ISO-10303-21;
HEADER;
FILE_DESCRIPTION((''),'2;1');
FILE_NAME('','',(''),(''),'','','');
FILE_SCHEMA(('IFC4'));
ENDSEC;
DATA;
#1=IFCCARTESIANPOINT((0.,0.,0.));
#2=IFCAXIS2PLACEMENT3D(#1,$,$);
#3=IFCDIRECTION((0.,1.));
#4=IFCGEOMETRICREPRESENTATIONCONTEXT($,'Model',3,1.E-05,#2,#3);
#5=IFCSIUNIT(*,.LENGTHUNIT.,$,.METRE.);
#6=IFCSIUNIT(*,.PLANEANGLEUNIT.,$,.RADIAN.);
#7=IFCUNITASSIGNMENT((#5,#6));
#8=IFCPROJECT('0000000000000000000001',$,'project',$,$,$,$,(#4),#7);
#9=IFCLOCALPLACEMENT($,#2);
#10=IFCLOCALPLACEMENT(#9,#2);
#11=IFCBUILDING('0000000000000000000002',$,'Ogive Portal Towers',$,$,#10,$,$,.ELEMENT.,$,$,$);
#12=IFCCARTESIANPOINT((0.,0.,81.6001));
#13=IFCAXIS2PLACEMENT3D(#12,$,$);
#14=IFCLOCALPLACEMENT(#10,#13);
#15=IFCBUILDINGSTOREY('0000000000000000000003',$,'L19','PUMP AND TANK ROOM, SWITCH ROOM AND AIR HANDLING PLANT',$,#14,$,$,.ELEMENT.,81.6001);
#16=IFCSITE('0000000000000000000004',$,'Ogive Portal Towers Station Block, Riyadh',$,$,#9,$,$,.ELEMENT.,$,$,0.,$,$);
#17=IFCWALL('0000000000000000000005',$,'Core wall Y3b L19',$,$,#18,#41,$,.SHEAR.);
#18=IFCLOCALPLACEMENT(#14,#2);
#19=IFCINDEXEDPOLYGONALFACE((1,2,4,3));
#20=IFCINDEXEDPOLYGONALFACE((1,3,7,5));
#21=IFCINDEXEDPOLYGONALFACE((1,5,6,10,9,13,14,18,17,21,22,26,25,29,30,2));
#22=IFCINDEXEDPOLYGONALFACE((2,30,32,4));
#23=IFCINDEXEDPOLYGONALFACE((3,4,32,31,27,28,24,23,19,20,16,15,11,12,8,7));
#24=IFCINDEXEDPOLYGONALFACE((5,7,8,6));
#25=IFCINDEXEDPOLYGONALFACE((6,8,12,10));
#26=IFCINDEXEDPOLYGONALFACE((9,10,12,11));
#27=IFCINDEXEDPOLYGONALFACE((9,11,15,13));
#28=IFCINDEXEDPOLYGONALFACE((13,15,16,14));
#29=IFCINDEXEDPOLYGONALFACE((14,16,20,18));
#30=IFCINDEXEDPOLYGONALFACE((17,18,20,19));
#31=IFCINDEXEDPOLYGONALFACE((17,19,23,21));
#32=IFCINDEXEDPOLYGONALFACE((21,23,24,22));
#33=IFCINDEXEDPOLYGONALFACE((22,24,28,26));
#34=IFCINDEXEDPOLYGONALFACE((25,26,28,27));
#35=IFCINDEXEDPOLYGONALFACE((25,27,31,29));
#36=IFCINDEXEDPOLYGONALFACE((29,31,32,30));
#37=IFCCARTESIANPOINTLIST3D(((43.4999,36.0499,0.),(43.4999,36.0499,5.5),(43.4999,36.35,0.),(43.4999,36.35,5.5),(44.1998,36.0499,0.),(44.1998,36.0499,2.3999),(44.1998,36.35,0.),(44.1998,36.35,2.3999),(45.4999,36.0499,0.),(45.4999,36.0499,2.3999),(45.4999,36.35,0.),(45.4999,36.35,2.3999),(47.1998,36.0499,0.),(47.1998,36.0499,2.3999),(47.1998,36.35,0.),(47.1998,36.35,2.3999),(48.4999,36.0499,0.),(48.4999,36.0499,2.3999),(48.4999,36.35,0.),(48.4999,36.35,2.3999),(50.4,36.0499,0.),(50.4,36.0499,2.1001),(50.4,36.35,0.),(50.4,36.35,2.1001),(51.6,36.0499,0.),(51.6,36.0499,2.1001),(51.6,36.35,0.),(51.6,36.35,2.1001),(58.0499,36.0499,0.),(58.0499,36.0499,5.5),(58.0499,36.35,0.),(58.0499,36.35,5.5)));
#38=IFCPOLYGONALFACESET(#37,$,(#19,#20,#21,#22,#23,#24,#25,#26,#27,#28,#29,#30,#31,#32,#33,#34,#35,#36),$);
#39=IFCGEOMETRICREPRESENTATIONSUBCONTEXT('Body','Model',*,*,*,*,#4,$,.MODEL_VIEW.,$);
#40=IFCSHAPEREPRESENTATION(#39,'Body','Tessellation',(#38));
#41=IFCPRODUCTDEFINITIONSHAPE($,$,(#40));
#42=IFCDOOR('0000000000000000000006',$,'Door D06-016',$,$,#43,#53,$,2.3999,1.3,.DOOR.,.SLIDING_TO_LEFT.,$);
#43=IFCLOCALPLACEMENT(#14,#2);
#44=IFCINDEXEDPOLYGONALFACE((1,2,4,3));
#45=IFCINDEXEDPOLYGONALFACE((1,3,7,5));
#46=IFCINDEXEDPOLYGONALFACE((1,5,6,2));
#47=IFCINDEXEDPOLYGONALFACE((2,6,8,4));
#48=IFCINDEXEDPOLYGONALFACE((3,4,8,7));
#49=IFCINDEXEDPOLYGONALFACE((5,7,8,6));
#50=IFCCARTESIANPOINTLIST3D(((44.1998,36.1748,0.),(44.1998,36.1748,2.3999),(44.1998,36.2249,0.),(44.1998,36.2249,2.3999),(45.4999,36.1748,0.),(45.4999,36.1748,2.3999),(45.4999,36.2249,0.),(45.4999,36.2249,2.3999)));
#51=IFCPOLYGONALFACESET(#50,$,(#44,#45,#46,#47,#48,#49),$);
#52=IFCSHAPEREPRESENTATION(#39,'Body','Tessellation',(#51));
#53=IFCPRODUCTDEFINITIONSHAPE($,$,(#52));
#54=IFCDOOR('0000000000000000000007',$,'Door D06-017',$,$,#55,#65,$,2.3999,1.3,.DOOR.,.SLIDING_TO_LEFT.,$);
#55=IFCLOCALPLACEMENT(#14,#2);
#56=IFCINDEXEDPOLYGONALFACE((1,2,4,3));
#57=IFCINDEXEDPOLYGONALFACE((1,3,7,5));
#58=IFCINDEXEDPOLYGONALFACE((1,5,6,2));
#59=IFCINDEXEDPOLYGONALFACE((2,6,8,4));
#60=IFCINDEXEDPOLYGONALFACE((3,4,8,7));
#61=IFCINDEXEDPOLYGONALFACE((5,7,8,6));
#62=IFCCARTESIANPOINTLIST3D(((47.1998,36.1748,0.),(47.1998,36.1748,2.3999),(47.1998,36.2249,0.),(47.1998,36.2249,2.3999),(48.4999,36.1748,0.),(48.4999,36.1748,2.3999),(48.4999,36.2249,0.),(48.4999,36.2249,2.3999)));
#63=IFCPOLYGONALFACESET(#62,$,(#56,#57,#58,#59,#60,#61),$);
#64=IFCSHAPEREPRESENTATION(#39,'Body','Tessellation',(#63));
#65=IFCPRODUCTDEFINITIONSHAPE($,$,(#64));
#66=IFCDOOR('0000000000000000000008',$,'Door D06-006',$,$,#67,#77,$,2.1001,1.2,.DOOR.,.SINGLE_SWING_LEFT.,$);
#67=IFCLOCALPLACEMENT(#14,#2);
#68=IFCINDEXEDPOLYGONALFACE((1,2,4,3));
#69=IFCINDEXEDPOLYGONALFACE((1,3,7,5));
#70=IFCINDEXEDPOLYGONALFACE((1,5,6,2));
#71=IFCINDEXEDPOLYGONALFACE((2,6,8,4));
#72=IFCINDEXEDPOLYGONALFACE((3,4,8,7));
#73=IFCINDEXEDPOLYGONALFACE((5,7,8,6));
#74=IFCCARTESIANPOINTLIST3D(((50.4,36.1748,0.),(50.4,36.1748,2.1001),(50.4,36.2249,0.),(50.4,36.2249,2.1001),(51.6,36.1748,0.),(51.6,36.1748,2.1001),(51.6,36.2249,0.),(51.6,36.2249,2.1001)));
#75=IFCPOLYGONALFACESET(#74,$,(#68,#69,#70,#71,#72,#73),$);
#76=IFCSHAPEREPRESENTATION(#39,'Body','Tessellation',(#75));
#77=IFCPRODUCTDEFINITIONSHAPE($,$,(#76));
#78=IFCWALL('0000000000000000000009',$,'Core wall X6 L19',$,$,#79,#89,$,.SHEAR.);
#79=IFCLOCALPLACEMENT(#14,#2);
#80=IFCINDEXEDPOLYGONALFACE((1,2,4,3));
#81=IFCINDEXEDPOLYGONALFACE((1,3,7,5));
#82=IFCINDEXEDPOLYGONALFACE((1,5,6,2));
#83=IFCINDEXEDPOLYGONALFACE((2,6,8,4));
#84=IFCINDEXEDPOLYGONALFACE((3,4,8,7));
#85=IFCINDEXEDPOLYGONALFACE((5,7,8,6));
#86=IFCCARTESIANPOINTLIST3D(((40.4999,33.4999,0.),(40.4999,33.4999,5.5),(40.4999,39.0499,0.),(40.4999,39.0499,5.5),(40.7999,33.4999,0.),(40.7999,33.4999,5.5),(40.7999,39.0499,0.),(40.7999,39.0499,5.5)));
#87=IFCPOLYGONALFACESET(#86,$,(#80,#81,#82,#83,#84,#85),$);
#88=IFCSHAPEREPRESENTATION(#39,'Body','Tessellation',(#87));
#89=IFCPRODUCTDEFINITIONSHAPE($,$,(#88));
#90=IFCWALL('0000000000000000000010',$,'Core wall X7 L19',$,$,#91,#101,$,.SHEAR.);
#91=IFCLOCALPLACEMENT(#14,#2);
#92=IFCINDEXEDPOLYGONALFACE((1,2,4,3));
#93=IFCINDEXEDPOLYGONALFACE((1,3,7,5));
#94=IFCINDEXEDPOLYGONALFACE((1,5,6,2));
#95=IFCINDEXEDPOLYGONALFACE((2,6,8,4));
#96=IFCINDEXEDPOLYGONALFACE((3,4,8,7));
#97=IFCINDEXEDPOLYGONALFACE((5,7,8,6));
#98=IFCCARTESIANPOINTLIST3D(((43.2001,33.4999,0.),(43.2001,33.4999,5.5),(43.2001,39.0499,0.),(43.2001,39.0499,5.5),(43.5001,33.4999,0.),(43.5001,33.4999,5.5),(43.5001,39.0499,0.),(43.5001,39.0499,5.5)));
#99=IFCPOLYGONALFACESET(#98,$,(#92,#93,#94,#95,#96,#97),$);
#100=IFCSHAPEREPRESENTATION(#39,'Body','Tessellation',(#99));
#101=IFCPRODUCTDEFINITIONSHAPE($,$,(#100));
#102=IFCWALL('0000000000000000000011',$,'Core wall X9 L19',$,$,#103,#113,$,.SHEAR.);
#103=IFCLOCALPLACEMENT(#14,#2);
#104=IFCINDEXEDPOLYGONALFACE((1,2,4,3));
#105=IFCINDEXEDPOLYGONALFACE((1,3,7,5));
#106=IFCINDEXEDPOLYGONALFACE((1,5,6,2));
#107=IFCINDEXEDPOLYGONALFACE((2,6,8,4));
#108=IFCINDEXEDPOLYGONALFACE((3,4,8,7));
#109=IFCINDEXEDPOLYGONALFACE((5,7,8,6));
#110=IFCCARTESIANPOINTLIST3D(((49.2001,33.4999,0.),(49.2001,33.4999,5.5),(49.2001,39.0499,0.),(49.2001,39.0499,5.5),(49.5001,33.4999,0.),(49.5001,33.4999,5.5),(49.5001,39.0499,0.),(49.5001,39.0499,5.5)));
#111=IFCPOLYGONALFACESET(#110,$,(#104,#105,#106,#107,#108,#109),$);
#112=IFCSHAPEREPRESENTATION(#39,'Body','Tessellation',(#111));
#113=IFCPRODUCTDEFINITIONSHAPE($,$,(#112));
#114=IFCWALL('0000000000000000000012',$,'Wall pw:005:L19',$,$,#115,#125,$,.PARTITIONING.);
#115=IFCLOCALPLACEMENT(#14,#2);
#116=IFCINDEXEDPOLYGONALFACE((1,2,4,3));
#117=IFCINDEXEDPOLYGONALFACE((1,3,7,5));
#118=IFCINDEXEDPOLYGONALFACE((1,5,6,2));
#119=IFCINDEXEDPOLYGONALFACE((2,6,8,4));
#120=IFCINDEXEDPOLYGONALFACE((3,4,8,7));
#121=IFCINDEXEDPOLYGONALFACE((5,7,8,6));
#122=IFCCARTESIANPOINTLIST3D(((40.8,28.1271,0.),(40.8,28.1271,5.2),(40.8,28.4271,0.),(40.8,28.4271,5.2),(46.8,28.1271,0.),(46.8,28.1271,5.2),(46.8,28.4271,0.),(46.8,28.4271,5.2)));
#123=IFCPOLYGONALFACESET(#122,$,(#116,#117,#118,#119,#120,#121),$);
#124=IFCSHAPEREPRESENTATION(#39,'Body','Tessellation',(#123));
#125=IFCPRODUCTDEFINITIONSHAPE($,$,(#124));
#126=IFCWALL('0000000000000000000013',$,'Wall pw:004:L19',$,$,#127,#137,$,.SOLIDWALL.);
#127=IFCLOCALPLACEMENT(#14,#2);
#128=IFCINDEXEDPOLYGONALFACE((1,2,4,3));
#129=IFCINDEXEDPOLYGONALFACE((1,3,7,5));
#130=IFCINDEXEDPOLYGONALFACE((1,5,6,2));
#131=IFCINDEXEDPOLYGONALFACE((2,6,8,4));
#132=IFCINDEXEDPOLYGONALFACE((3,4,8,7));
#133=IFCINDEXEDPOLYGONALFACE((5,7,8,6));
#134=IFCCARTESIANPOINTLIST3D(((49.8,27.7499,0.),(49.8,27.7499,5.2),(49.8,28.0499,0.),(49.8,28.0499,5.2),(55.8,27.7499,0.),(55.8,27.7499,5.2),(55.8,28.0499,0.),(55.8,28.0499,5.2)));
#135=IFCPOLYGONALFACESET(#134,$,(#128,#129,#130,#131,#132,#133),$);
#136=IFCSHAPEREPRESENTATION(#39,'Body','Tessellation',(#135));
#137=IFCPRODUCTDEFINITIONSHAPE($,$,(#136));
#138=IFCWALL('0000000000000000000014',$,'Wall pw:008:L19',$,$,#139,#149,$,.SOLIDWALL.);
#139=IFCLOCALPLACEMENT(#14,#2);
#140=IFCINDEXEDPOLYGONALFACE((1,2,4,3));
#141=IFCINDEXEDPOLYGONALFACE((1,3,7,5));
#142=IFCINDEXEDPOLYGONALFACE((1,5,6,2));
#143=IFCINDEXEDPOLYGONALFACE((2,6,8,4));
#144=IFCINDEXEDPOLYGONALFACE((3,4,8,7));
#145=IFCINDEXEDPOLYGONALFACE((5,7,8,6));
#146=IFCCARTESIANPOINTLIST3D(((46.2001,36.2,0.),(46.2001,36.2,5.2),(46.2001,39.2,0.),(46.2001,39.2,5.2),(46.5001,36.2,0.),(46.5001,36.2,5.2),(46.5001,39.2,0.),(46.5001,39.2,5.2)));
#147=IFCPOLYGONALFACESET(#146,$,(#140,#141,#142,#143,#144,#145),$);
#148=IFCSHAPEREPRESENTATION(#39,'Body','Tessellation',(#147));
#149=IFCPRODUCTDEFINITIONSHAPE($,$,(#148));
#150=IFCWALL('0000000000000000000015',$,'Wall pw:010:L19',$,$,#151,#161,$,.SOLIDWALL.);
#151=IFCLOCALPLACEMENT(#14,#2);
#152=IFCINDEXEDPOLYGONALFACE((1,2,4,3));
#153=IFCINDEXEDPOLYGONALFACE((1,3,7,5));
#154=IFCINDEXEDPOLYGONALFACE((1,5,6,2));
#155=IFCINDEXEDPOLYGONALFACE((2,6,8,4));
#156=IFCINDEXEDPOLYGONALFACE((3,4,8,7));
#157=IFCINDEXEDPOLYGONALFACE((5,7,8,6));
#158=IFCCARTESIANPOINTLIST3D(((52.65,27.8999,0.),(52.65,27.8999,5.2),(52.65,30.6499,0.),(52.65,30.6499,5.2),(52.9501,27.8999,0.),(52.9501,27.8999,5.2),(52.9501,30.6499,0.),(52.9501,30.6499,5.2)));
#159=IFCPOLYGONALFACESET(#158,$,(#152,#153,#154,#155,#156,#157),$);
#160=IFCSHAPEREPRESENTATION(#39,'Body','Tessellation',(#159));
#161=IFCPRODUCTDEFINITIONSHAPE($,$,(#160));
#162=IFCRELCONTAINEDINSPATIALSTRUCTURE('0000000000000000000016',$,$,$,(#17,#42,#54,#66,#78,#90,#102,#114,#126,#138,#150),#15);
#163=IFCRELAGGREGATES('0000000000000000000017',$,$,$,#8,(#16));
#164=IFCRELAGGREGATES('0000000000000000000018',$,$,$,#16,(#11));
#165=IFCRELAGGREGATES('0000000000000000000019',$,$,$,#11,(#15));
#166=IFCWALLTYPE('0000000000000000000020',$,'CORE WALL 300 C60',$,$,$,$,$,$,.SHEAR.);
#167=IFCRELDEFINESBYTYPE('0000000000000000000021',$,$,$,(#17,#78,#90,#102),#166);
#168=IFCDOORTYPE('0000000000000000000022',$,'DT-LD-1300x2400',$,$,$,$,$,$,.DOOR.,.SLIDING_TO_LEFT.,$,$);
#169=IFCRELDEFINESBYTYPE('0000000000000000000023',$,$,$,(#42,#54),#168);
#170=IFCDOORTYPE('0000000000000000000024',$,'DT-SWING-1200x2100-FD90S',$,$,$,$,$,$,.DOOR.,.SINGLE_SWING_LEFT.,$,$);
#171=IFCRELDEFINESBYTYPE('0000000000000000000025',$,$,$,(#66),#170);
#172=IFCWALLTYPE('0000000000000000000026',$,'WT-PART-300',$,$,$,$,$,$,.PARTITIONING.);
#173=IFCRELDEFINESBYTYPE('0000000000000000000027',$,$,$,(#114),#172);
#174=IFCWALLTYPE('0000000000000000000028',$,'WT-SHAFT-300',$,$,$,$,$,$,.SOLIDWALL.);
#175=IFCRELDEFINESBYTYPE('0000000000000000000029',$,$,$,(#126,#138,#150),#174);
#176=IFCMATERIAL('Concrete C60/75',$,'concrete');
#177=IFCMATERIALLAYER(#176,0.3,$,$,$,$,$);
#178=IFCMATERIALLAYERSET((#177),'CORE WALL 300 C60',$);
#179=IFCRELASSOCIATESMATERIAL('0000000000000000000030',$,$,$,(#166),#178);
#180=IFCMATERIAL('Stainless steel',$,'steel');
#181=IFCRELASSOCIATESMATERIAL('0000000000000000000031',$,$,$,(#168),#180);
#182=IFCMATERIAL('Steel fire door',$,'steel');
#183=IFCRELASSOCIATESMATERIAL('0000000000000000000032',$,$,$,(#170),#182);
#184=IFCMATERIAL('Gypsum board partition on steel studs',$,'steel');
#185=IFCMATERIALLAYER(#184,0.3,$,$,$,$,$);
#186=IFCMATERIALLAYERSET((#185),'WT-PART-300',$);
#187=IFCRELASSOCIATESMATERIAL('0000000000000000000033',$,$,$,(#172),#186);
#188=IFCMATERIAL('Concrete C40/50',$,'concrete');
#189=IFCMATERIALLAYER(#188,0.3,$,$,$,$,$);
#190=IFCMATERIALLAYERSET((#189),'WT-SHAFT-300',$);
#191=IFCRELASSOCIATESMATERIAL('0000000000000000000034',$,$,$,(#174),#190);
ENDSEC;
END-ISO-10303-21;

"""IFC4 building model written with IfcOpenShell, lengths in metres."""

from ifc_helpers import new_model, si_unit, direction, frame, frame_2d, origin, place, context, subcontext, project, spatial, rectangle, extrude, material, layer, layer_set, type_object, element, fill, save


model = new_model("IFC4")

# Units and contexts
model_context = context("Model", 3, precision=1e-05, world=origin(), true_north=direction((0.0, 1.0)))
body_context = subcontext(model_context, "Body", "Model", "MODEL_VIEW")
ifc_project = project(units=[si_unit("LENGTHUNIT", "METRE"), si_unit("PLANEANGLEUNIT", "RADIAN")], contexts=[model_context])

# Site, building, storey
site_placement = place(None, origin())
site = spatial("IfcSite", under=ifc_project, at=site_placement, Name="Ogive Portal Towers Station Block, Riyadh", CompositionType="ELEMENT", RefElevation=0.0)
building_placement = place(site_placement, origin())
building = spatial("IfcBuilding", under=site, at=building_placement, Name="Ogive Portal Towers", CompositionType="ELEMENT")
storey_placement = place(building_placement, frame((0.0, 0.0, 81.6001)))
storey = spatial("IfcBuildingStorey", under=building, at=storey_placement, Name="L19", Description="PUMP AND TANK ROOM, SWITCH ROOM AND AIR HANDLING PLANT", CompositionType="ELEMENT", Elevation=81.6001)

# Wall, openings, doors
ifc_material_1 = material(Name="Concrete C60/75", Category="concrete")
ifc_layer_1 = layer(ifc_material_1, 0.3)
ifc_layer_set_1 = layer_set([ifc_layer_1], Name="CORE WALL 300 C60")
wall_type_1 = type_object("IfcWallType", Name="CORE WALL 300 C60", PredefinedType="SHEAR", material=ifc_layer_set_1)
wall_1_placement = place(storey_placement, frame((43.5, 36.2, 0.0), z_axis=(0.0, 0.0, 1.0), x_axis=(1.0, 0.0, 0.0)))
wall_1 = element("IfcWall", 1, at=wall_1_placement, inside=storey, type_object=wall_type_1, Name="Core wall Y3b L19", PredefinedType="SHEAR", context=body_context, shape_type="SweptSolid", body=[
    extrude(rectangle(XDim=14.55, YDim=0.3, at=frame_2d((7.2749, 0.0))), origin(), (0.0, 0.0, 1.0), 5.5),
])
opening_1_placement = place(wall_1_placement, frame((6.8999, 0.0, 0.0)))
opening_1 = element("IfcOpeningElement", 2, at=opening_1_placement, cuts=wall_1, PredefinedType="OPENING", context=body_context, shape_type="SweptSolid", body=[
    extrude(rectangle(XDim=1.2, YDim=2.1001, at=frame_2d((0.6001, 1.05))), frame((0.0, 0.1602, 0.0), z_axis=(0.0, -1.0, 0.0), x_axis=(1.0, 0.0, 0.0)), (0.0, 0.0, 1.0), 0.3201),
])
opening_2_placement = place(wall_1_placement, frame((0.7, 0.0, 0.0)))
opening_2 = element("IfcOpeningElement", 3, at=opening_2_placement, cuts=wall_1, PredefinedType="OPENING", context=body_context, shape_type="SweptSolid", body=[
    extrude(rectangle(XDim=1.3, YDim=2.3999, at=frame_2d((0.6499, 1.2))), frame((0.0, 0.1602, 0.0), z_axis=(0.0, -1.0, 0.0), x_axis=(1.0, 0.0, 0.0)), (0.0, 0.0, 1.0), 0.3201),
])
opening_3_placement = place(wall_1_placement, frame((3.7, 0.0, 0.0)))
opening_3 = element("IfcOpeningElement", 4, at=opening_3_placement, cuts=wall_1, PredefinedType="OPENING", context=body_context, shape_type="SweptSolid", body=[
    extrude(rectangle(XDim=1.3, YDim=2.3999, at=frame_2d((0.6499, 1.2))), frame((0.0, 0.1602, 0.0), z_axis=(0.0, -1.0, 0.0), x_axis=(1.0, 0.0, 0.0)), (0.0, 0.0, 1.0), 0.3201),
])
ifc_material_2 = material(Name="Stainless steel", Category="steel")
door_type_1 = type_object("IfcDoorType", Name="DT-LD-1300x2400", OperationType="SLIDING_TO_LEFT", PredefinedType="DOOR", material=ifc_material_2)
door_1_placement = place(opening_2_placement, origin())
door_1 = element("IfcDoor", 5, at=door_1_placement, inside=storey, type_object=door_type_1, Name="Door D06-016", OperationType="SLIDING_TO_LEFT", OverallHeight=2.3999, OverallWidth=1.3, PredefinedType="DOOR", context=body_context, shape_type="SweptSolid", body=[
    extrude(rectangle(XDim=1.3, YDim=2.3999, at=frame_2d((0.6499, 1.2))), frame((0.0, 0.0249, 0.0), z_axis=(0.0, -1.0, 0.0), x_axis=(1.0, 0.0, 0.0)), (0.0, 0.0, 1.0), 0.05),
])
fill(opening_2, door_1)
door_2_placement = place(opening_3_placement, origin())
door_2 = element("IfcDoor", 6, at=door_2_placement, inside=storey, type_object=door_type_1, Name="Door D06-017", OperationType="SLIDING_TO_LEFT", OverallHeight=2.3999, OverallWidth=1.3, PredefinedType="DOOR", context=body_context, shape_type="SweptSolid", body=[
    extrude(rectangle(XDim=1.3, YDim=2.3999, at=frame_2d((0.6499, 1.2))), frame((0.0, 0.0249, 0.0), z_axis=(0.0, -1.0, 0.0), x_axis=(1.0, 0.0, 0.0)), (0.0, 0.0, 1.0), 0.05),
])
fill(opening_3, door_2)
ifc_material_3 = material(Name="Steel fire door", Category="steel")
door_type_2 = type_object("IfcDoorType", Name="DT-SWING-1200x2100-FD90S", OperationType="SINGLE_SWING_LEFT", PredefinedType="DOOR", material=ifc_material_3)
door_3_placement = place(opening_1_placement, origin())
door_3 = element("IfcDoor", 7, at=door_3_placement, inside=storey, type_object=door_type_2, Name="Door D06-006", OperationType="SINGLE_SWING_LEFT", OverallHeight=2.1001, OverallWidth=1.2, PredefinedType="DOOR", context=body_context, shape_type="SweptSolid", body=[
    extrude(rectangle(XDim=1.2, YDim=2.1001, at=frame_2d((0.6001, 1.05))), frame((0.0, 0.0249, 0.0), z_axis=(0.0, -1.0, 0.0), x_axis=(1.0, 0.0, 0.0)), (0.0, 0.0, 1.0), 0.05),
])
fill(opening_1, door_3)

# Walls
for number, where, z_axis, x_axis, name in (
    (8, (40.6499, 33.5, 0.0), (0.0, 0.0, 1.0), (0.0, 1.0, 0.0), "Core wall X6 L19"),
    (9, (43.3501, 33.5, 0.0), (0.0, 0.0, 1.0), (0.0, 1.0, 0.0), "Core wall X7 L19"),
    (10, (49.3501, 33.5, 0.0), (0.0, 0.0, 1.0), (0.0, 1.0, 0.0), "Core wall X9 L19"),
):
    element("IfcWall", number, at=place(storey_placement, frame(where, z_axis=z_axis, x_axis=x_axis)), inside=storey, type_object=wall_type_1, Name=name, PredefinedType="SHEAR", context=body_context, shape_type="SweptSolid", body=[
        extrude(rectangle(XDim=5.55, YDim=0.3, at=frame_2d((2.7749, 0.0))), origin(), (0.0, 0.0, 1.0), 5.5),
    ])

# Walls
ifc_material_4 = material(Name="Gypsum board partition on steel studs", Category="steel")
ifc_layer_2 = layer(ifc_material_4, 0.3)
ifc_layer_set_2 = layer_set([ifc_layer_2], Name="WT-PART-300")
wall_type_2 = type_object("IfcWallType", Name="WT-PART-300", PredefinedType="PARTITIONING", material=ifc_layer_set_2)
wall_2_placement = place(storey_placement, frame((40.8, 28.2771, 0.0), z_axis=(0.0, 0.0, 1.0), x_axis=(1.0, 0.0, 0.0)))
element("IfcWall", 11, at=wall_2_placement, inside=storey, type_object=wall_type_2, Name="Wall pw:005:L19", PredefinedType="PARTITIONING", context=body_context, shape_type="SweptSolid", body=[
    extrude(rectangle(XDim=6.0, YDim=0.3, at=frame_2d((3.0, 0.0))), origin(), (0.0, 0.0, 1.0), 5.2),
])
ifc_material_5 = material(Name="Concrete C40/50", Category="concrete")
ifc_layer_3 = layer(ifc_material_5, 0.3)
ifc_layer_set_3 = layer_set([ifc_layer_3], Name="WT-SHAFT-300")
wall_type_3 = type_object("IfcWallType", Name="WT-SHAFT-300", PredefinedType="SOLIDWALL", material=ifc_layer_set_3)
wall_3_placement = place(storey_placement, frame((49.8, 27.8999, 0.0), z_axis=(0.0, 0.0, 1.0), x_axis=(1.0, 0.0, 0.0)))
element("IfcWall", 12, at=wall_3_placement, inside=storey, type_object=wall_type_3, Name="Wall pw:004:L19", PredefinedType="SOLIDWALL", context=body_context, shape_type="SweptSolid", body=[
    extrude(rectangle(XDim=6.0, YDim=0.3, at=frame_2d((3.0, 0.0))), origin(), (0.0, 0.0, 1.0), 5.2),
])
wall_4_placement = place(storey_placement, frame((46.3501, 36.2, 0.0), z_axis=(0.0, 0.0, 1.0), x_axis=(0.0, 1.0, 0.0)))
element("IfcWall", 13, at=wall_4_placement, inside=storey, type_object=wall_type_3, Name="Wall pw:008:L19", PredefinedType="SOLIDWALL", context=body_context, shape_type="SweptSolid", body=[
    extrude(rectangle(XDim=3.0, YDim=0.3, at=frame_2d((1.5, 0.0))), origin(), (0.0, 0.0, 1.0), 5.2),
])
wall_5_placement = place(storey_placement, frame((52.8, 27.8999, 0.0), z_axis=(0.0, 0.0, 1.0), x_axis=(0.0, 1.0, 0.0)))
element("IfcWall", 14, at=wall_5_placement, inside=storey, type_object=wall_type_3, Name="Wall pw:010:L19", PredefinedType="SOLIDWALL", context=body_context, shape_type="SweptSolid", body=[
    extrude(rectangle(XDim=2.75, YDim=0.3, at=frame_2d((1.375, 0.0))), origin(), (0.0, 0.0, 1.0), 5.2),
])

save(model, "model.ifc")
